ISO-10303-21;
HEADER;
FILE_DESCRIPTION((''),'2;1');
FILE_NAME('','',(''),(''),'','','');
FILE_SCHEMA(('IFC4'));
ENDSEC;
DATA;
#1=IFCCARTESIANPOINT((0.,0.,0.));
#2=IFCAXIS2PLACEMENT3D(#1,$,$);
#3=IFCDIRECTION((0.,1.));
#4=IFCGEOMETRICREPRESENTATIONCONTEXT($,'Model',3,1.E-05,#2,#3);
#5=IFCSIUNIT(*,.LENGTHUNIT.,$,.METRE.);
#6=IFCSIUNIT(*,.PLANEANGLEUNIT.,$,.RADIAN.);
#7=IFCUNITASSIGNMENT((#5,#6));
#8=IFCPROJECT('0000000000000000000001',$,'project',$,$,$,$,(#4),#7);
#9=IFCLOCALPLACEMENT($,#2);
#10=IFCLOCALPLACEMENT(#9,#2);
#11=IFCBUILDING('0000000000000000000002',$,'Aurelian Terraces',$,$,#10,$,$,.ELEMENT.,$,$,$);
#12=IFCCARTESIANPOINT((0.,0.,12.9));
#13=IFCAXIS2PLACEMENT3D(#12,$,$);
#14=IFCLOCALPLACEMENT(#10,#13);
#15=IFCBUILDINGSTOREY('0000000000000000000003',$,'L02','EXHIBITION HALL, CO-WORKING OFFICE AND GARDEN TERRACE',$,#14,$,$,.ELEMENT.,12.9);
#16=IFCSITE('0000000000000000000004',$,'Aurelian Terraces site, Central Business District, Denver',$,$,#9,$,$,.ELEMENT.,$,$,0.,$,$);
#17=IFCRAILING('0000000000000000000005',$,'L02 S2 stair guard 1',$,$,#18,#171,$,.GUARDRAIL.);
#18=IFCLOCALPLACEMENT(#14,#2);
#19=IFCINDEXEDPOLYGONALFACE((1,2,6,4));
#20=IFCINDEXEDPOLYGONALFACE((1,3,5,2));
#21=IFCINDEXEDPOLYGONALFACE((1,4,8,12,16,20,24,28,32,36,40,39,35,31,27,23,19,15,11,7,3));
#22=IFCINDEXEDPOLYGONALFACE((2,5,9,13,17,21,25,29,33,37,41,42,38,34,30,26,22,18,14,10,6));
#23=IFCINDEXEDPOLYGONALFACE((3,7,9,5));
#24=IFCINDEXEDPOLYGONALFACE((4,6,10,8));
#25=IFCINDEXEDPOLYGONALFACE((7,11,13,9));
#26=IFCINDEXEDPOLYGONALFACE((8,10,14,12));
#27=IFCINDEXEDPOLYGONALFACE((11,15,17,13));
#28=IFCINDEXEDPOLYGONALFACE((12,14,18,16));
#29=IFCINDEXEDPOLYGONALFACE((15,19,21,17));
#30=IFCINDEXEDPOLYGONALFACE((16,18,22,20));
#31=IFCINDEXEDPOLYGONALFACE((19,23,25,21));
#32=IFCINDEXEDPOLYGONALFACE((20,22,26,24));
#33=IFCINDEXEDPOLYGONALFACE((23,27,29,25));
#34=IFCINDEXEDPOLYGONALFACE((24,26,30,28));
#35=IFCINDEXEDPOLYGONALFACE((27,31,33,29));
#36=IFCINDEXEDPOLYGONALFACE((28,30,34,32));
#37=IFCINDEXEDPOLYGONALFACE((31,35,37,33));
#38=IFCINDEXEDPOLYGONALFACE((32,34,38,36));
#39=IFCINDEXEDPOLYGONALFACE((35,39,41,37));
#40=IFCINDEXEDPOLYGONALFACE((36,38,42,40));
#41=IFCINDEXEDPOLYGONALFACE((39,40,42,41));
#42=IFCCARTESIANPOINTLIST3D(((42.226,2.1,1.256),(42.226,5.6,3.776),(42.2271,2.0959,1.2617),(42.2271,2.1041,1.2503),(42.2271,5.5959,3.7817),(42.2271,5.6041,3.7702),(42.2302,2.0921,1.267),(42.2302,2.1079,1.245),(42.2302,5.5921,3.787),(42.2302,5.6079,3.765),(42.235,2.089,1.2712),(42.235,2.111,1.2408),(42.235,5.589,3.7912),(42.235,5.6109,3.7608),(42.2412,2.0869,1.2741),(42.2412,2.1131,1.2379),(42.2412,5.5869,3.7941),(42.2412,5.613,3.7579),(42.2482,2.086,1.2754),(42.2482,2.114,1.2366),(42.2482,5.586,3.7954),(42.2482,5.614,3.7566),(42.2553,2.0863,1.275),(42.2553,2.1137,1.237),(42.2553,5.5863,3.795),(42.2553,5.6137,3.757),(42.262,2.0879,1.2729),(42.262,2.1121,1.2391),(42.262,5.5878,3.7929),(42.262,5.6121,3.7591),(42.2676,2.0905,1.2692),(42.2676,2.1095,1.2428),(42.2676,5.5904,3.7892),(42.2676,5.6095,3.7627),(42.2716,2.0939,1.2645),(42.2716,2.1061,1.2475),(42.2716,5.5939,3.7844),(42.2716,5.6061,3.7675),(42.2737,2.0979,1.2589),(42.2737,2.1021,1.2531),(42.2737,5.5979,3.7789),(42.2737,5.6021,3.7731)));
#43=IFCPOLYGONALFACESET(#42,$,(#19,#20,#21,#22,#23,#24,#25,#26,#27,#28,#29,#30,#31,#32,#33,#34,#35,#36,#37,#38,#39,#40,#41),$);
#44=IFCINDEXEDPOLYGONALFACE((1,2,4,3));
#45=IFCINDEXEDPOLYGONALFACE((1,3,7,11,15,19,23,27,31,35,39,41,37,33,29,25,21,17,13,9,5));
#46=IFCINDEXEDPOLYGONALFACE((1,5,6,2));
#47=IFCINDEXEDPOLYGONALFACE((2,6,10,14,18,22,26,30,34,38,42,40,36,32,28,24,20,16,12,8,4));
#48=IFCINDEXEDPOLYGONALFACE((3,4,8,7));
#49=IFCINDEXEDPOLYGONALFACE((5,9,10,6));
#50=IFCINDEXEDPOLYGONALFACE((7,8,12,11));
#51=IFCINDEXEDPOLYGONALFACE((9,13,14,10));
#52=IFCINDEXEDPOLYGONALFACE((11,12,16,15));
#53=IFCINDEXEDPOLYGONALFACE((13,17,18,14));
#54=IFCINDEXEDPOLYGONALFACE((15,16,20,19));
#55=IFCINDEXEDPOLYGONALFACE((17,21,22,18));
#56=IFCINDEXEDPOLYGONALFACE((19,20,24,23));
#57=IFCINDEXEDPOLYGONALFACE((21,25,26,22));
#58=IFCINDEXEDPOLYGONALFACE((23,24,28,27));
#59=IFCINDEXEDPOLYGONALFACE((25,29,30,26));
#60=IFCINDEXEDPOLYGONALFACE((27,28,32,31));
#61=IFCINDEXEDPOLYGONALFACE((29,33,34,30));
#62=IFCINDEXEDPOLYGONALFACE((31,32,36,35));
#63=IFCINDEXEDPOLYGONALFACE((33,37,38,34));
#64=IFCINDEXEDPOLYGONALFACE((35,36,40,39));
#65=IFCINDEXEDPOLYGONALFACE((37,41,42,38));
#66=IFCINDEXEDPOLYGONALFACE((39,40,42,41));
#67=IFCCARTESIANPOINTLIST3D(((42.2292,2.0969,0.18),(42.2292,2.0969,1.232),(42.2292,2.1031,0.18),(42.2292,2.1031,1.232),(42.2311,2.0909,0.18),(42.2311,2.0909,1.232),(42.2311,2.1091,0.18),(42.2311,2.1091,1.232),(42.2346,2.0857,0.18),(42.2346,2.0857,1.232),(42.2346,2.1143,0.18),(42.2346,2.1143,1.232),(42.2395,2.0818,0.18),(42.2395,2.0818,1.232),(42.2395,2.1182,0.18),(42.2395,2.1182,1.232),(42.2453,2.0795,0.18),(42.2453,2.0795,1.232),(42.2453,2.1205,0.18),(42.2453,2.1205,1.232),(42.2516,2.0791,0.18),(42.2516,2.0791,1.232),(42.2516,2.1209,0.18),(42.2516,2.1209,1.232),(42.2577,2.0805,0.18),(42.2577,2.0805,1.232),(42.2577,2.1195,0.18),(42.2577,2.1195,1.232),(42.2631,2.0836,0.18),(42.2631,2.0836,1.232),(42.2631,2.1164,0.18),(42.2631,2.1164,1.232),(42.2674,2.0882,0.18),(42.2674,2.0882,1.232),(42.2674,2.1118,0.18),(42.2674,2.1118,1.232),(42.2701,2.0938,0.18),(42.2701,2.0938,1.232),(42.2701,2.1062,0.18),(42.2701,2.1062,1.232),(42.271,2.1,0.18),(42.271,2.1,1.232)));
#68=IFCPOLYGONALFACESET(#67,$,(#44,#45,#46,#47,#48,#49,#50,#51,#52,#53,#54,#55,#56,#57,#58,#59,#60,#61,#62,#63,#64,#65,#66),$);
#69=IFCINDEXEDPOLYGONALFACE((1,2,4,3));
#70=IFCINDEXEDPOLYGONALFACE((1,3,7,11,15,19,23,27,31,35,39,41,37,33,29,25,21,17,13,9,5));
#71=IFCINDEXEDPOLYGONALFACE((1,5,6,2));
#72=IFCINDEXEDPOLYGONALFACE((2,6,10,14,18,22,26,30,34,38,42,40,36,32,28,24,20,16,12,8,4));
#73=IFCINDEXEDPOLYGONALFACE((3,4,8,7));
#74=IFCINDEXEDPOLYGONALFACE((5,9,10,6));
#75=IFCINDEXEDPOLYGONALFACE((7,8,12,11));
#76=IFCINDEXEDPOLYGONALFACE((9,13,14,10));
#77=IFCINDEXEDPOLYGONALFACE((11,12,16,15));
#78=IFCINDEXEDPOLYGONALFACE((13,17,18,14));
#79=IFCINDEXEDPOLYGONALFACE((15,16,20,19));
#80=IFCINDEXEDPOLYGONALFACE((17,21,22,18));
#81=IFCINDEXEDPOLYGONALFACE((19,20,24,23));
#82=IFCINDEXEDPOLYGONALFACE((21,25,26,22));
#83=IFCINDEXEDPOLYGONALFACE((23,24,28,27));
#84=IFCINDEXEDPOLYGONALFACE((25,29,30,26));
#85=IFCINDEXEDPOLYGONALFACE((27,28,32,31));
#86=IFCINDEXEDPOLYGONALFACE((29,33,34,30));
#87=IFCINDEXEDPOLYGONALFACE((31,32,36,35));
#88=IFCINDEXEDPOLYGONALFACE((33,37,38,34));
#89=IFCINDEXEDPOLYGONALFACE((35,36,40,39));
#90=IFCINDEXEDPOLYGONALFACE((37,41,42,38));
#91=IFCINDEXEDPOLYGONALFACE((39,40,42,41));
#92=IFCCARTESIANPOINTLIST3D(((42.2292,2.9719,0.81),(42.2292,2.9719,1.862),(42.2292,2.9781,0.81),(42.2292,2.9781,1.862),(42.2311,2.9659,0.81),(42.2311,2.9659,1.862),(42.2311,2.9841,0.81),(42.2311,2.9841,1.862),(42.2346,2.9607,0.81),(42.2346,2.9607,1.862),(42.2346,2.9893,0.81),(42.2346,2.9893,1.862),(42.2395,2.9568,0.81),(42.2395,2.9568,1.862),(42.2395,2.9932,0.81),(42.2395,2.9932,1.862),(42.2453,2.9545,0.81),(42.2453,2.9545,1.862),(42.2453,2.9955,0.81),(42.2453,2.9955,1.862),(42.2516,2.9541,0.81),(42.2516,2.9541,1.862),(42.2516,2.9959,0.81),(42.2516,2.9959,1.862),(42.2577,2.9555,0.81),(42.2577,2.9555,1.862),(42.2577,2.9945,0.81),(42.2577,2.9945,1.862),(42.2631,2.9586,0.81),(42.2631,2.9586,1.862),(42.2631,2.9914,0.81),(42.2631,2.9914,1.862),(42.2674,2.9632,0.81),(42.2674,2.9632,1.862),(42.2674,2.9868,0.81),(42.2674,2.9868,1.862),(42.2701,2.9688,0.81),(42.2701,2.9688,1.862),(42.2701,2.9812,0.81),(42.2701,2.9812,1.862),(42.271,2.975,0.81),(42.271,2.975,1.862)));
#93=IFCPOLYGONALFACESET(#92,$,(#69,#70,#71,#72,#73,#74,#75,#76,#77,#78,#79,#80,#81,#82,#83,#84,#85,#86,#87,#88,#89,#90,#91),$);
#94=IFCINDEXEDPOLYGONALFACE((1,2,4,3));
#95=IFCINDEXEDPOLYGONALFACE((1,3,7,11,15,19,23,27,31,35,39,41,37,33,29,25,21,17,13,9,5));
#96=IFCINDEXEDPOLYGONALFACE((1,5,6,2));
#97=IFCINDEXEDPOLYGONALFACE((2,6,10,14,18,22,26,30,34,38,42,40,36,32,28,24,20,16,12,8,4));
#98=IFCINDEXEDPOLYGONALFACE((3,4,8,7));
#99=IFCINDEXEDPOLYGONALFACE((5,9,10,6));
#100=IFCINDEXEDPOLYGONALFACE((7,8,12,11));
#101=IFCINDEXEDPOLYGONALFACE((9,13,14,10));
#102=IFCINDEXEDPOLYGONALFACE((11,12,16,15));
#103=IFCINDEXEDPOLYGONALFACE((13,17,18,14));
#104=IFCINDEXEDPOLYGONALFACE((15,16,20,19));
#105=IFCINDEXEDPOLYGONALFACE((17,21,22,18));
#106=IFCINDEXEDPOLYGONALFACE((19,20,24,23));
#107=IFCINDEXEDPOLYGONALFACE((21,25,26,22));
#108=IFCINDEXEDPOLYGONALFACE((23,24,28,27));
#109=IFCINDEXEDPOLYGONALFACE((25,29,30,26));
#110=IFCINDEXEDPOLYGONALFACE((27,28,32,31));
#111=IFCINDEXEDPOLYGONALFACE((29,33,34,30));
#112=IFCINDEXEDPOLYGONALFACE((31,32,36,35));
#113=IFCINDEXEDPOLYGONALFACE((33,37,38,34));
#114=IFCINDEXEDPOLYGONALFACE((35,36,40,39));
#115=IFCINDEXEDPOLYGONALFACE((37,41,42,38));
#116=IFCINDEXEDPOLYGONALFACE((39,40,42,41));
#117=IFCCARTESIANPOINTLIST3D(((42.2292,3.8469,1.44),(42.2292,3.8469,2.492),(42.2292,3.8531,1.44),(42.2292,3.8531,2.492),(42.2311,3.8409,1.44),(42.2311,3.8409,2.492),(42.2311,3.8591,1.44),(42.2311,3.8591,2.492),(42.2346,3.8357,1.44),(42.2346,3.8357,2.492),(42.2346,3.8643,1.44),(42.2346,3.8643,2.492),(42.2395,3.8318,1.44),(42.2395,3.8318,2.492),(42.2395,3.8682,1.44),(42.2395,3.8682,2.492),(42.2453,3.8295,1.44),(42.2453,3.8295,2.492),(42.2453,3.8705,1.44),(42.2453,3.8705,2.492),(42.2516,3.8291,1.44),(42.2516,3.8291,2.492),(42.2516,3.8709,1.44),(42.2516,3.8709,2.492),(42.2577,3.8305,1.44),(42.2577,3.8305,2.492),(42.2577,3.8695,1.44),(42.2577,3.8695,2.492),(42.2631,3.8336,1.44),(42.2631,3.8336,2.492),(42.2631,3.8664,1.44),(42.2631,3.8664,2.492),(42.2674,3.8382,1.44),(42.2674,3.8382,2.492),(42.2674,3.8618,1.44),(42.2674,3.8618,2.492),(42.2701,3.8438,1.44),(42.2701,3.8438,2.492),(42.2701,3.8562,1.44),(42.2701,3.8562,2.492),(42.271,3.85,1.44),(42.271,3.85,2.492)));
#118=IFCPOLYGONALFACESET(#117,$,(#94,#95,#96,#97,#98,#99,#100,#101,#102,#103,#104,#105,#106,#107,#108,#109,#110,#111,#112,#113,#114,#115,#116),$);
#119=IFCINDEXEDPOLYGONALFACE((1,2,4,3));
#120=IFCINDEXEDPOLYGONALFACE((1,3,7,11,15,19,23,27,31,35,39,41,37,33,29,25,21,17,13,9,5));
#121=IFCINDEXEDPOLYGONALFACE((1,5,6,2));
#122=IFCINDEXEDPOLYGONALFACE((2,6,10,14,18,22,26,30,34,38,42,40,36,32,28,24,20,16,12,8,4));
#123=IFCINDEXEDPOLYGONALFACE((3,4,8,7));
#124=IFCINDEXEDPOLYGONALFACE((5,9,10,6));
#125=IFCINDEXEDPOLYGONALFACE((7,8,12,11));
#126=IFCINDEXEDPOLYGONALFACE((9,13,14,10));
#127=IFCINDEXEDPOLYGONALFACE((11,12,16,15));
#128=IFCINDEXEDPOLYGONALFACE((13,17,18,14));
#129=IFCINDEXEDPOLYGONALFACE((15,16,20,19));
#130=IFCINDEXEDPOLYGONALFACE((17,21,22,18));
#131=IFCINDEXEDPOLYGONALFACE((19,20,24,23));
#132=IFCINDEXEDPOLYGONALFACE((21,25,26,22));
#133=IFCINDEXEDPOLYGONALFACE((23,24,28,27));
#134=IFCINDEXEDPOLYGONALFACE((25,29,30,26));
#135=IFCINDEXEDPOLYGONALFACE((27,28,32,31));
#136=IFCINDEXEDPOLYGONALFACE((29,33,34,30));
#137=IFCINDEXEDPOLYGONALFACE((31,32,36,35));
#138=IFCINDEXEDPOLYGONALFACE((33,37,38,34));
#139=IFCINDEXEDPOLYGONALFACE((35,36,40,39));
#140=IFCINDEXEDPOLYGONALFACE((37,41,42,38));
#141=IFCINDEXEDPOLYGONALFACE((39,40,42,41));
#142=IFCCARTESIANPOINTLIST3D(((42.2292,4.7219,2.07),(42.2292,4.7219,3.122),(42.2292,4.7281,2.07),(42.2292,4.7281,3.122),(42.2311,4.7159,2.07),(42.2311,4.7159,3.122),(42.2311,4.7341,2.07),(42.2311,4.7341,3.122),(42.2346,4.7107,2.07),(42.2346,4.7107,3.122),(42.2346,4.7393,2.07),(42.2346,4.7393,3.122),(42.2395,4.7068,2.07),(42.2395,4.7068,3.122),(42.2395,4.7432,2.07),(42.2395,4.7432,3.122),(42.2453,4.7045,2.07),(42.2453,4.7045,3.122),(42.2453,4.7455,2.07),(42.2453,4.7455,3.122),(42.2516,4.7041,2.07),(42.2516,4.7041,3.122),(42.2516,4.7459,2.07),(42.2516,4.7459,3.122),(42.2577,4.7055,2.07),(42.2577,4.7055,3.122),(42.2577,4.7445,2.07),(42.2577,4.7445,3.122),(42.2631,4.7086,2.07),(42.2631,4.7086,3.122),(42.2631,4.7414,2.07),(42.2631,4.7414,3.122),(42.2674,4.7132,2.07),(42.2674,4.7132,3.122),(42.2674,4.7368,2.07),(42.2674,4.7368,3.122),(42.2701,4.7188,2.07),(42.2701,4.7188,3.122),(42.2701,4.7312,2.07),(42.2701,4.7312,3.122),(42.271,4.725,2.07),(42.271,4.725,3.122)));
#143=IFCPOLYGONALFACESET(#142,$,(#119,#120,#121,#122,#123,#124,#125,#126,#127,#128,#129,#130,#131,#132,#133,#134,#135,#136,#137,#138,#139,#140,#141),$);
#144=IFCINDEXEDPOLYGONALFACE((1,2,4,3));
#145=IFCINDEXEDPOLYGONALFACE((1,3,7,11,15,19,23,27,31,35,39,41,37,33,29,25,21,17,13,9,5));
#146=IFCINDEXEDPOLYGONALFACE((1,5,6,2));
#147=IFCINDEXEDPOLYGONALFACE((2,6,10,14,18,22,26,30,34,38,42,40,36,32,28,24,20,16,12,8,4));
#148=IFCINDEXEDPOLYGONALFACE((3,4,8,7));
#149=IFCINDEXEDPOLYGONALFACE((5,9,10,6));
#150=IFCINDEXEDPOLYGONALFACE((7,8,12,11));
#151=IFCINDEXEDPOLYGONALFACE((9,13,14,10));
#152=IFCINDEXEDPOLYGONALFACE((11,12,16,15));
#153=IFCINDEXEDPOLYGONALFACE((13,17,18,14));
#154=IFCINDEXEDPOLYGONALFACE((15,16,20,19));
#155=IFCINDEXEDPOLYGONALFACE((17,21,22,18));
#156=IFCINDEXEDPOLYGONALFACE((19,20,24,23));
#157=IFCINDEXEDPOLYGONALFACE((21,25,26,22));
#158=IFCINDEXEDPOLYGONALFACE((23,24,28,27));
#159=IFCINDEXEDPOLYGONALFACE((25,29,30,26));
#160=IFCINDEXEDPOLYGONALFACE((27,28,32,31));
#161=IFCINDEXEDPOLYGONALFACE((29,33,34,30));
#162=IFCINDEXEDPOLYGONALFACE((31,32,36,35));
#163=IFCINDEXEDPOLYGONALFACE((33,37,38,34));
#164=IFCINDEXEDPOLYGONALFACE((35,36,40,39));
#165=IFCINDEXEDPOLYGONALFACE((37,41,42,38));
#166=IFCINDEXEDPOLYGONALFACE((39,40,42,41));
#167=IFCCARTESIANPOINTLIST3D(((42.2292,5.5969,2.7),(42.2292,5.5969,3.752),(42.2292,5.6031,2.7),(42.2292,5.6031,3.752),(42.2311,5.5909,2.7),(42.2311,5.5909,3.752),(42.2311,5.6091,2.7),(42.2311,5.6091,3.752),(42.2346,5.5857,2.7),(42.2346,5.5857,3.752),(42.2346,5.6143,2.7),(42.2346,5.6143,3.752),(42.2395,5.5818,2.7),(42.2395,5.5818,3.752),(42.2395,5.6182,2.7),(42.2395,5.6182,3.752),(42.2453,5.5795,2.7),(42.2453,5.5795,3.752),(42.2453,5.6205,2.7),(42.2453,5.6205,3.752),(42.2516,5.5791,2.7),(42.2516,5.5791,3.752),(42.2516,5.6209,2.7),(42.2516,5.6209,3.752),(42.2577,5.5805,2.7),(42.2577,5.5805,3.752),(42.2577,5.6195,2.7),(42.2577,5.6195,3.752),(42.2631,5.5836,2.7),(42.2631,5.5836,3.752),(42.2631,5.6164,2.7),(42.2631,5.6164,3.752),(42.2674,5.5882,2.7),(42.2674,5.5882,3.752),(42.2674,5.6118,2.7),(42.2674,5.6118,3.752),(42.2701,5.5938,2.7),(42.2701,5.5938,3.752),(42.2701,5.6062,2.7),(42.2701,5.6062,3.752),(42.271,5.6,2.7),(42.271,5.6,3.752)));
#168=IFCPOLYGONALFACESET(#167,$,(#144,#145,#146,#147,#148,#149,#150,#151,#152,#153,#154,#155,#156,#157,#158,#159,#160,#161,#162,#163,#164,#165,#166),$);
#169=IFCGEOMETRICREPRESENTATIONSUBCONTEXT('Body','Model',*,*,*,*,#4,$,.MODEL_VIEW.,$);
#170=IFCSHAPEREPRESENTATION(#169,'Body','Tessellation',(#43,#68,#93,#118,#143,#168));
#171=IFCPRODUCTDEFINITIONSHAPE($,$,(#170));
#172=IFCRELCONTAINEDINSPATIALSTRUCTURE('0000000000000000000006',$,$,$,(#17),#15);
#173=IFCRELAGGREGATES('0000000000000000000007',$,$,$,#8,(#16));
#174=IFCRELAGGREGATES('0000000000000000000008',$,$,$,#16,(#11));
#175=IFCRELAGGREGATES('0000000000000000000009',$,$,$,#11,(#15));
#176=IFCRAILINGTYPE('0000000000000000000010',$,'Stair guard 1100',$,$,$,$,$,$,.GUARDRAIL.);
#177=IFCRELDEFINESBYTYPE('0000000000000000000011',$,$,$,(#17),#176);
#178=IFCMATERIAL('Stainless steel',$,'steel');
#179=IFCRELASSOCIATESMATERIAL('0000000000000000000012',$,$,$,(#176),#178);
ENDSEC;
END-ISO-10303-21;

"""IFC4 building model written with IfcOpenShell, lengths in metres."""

from ifc_helpers import new_model, si_unit, direction, frame, origin, origin_2d, place, context, subcontext, project, spatial, circle, extrude, source, transform, mapped, material, type_object, element, save


model = new_model("IFC4")

# Units and contexts
model_context = context("Model", 3, precision=1e-05, world=origin(), true_north=direction((0.0, 1.0)))
body_context = subcontext(model_context, "Body", "Model", "MODEL_VIEW")
ifc_project = project(units=[si_unit("LENGTHUNIT", "METRE"), si_unit("PLANEANGLEUNIT", "RADIAN")], contexts=[model_context])

# Site, building, storey
site_placement = place(None, origin())
site = spatial("IfcSite", under=ifc_project, at=site_placement, Name="Aurelian Terraces site, Central Business District, Denver", CompositionType="ELEMENT", RefElevation=0.0)
building_placement = place(site_placement, origin())
building = spatial("IfcBuilding", under=site, at=building_placement, Name="Aurelian Terraces", CompositionType="ELEMENT")
storey_placement = place(building_placement, frame((0.0, 0.0, 12.9)))
storey = spatial("IfcBuildingStorey", under=building, at=storey_placement, Name="L02", Description="EXHIBITION HALL, CO-WORKING OFFICE AND GARDEN TERRACE", CompositionType="ELEMENT", Elevation=12.9)

# Railing
ifc_material_1 = material(Name="Stainless steel", Category="steel")
railing_type_1 = type_object("IfcRailingType", Name="Stair guard 1100", PredefinedType="GUARDRAIL", material=ifc_material_1)
shared_shape_1 = source(origin(), body_context, "Body", "SweptSolid", [
    extrude(circle(Radius=0.024, at=origin_2d()), frame((0.0, 0.0, 1.076), z_axis=(0.0, 0.811534, 0.584305), x_axis=(-1.0, 0.0, 0.0)), (0.0, 0.0, 1.0), 4.3128),
    extrude(circle(Radius=0.021, at=origin_2d()), origin(), (0.0, 0.0, 1.0), 1.052),
    extrude(circle(Radius=0.021, at=origin_2d()), frame((0.0, 0.875, 0.63)), (0.0, 0.0, 1.0), 1.052),
    extrude(circle(Radius=0.021, at=origin_2d()), frame((0.0, 1.75, 1.26)), (0.0, 0.0, 1.0), 1.052),
    extrude(circle(Radius=0.021, at=origin_2d()), frame((0.0, 2.625, 1.89)), (0.0, 0.0, 1.0), 1.052),
    extrude(circle(Radius=0.021, at=origin_2d()), frame((0.0, 3.5, 2.52)), (0.0, 0.0, 1.0), 1.052),
])
railing_1_placement = place(storey_placement, frame((42.25, 2.1, 0.18)))
element("IfcRailing", 1, at=railing_1_placement, inside=storey, type_object=railing_type_1, Name="L02 S2 stair guard 1", PredefinedType="GUARDRAIL", context=body_context, shape_type="MappedRepresentation", body=[
    mapped(shared_shape_1, transform((0.0, 0.0, 0.0), scale=1.0)),
])

save(model, "model.ifc")
